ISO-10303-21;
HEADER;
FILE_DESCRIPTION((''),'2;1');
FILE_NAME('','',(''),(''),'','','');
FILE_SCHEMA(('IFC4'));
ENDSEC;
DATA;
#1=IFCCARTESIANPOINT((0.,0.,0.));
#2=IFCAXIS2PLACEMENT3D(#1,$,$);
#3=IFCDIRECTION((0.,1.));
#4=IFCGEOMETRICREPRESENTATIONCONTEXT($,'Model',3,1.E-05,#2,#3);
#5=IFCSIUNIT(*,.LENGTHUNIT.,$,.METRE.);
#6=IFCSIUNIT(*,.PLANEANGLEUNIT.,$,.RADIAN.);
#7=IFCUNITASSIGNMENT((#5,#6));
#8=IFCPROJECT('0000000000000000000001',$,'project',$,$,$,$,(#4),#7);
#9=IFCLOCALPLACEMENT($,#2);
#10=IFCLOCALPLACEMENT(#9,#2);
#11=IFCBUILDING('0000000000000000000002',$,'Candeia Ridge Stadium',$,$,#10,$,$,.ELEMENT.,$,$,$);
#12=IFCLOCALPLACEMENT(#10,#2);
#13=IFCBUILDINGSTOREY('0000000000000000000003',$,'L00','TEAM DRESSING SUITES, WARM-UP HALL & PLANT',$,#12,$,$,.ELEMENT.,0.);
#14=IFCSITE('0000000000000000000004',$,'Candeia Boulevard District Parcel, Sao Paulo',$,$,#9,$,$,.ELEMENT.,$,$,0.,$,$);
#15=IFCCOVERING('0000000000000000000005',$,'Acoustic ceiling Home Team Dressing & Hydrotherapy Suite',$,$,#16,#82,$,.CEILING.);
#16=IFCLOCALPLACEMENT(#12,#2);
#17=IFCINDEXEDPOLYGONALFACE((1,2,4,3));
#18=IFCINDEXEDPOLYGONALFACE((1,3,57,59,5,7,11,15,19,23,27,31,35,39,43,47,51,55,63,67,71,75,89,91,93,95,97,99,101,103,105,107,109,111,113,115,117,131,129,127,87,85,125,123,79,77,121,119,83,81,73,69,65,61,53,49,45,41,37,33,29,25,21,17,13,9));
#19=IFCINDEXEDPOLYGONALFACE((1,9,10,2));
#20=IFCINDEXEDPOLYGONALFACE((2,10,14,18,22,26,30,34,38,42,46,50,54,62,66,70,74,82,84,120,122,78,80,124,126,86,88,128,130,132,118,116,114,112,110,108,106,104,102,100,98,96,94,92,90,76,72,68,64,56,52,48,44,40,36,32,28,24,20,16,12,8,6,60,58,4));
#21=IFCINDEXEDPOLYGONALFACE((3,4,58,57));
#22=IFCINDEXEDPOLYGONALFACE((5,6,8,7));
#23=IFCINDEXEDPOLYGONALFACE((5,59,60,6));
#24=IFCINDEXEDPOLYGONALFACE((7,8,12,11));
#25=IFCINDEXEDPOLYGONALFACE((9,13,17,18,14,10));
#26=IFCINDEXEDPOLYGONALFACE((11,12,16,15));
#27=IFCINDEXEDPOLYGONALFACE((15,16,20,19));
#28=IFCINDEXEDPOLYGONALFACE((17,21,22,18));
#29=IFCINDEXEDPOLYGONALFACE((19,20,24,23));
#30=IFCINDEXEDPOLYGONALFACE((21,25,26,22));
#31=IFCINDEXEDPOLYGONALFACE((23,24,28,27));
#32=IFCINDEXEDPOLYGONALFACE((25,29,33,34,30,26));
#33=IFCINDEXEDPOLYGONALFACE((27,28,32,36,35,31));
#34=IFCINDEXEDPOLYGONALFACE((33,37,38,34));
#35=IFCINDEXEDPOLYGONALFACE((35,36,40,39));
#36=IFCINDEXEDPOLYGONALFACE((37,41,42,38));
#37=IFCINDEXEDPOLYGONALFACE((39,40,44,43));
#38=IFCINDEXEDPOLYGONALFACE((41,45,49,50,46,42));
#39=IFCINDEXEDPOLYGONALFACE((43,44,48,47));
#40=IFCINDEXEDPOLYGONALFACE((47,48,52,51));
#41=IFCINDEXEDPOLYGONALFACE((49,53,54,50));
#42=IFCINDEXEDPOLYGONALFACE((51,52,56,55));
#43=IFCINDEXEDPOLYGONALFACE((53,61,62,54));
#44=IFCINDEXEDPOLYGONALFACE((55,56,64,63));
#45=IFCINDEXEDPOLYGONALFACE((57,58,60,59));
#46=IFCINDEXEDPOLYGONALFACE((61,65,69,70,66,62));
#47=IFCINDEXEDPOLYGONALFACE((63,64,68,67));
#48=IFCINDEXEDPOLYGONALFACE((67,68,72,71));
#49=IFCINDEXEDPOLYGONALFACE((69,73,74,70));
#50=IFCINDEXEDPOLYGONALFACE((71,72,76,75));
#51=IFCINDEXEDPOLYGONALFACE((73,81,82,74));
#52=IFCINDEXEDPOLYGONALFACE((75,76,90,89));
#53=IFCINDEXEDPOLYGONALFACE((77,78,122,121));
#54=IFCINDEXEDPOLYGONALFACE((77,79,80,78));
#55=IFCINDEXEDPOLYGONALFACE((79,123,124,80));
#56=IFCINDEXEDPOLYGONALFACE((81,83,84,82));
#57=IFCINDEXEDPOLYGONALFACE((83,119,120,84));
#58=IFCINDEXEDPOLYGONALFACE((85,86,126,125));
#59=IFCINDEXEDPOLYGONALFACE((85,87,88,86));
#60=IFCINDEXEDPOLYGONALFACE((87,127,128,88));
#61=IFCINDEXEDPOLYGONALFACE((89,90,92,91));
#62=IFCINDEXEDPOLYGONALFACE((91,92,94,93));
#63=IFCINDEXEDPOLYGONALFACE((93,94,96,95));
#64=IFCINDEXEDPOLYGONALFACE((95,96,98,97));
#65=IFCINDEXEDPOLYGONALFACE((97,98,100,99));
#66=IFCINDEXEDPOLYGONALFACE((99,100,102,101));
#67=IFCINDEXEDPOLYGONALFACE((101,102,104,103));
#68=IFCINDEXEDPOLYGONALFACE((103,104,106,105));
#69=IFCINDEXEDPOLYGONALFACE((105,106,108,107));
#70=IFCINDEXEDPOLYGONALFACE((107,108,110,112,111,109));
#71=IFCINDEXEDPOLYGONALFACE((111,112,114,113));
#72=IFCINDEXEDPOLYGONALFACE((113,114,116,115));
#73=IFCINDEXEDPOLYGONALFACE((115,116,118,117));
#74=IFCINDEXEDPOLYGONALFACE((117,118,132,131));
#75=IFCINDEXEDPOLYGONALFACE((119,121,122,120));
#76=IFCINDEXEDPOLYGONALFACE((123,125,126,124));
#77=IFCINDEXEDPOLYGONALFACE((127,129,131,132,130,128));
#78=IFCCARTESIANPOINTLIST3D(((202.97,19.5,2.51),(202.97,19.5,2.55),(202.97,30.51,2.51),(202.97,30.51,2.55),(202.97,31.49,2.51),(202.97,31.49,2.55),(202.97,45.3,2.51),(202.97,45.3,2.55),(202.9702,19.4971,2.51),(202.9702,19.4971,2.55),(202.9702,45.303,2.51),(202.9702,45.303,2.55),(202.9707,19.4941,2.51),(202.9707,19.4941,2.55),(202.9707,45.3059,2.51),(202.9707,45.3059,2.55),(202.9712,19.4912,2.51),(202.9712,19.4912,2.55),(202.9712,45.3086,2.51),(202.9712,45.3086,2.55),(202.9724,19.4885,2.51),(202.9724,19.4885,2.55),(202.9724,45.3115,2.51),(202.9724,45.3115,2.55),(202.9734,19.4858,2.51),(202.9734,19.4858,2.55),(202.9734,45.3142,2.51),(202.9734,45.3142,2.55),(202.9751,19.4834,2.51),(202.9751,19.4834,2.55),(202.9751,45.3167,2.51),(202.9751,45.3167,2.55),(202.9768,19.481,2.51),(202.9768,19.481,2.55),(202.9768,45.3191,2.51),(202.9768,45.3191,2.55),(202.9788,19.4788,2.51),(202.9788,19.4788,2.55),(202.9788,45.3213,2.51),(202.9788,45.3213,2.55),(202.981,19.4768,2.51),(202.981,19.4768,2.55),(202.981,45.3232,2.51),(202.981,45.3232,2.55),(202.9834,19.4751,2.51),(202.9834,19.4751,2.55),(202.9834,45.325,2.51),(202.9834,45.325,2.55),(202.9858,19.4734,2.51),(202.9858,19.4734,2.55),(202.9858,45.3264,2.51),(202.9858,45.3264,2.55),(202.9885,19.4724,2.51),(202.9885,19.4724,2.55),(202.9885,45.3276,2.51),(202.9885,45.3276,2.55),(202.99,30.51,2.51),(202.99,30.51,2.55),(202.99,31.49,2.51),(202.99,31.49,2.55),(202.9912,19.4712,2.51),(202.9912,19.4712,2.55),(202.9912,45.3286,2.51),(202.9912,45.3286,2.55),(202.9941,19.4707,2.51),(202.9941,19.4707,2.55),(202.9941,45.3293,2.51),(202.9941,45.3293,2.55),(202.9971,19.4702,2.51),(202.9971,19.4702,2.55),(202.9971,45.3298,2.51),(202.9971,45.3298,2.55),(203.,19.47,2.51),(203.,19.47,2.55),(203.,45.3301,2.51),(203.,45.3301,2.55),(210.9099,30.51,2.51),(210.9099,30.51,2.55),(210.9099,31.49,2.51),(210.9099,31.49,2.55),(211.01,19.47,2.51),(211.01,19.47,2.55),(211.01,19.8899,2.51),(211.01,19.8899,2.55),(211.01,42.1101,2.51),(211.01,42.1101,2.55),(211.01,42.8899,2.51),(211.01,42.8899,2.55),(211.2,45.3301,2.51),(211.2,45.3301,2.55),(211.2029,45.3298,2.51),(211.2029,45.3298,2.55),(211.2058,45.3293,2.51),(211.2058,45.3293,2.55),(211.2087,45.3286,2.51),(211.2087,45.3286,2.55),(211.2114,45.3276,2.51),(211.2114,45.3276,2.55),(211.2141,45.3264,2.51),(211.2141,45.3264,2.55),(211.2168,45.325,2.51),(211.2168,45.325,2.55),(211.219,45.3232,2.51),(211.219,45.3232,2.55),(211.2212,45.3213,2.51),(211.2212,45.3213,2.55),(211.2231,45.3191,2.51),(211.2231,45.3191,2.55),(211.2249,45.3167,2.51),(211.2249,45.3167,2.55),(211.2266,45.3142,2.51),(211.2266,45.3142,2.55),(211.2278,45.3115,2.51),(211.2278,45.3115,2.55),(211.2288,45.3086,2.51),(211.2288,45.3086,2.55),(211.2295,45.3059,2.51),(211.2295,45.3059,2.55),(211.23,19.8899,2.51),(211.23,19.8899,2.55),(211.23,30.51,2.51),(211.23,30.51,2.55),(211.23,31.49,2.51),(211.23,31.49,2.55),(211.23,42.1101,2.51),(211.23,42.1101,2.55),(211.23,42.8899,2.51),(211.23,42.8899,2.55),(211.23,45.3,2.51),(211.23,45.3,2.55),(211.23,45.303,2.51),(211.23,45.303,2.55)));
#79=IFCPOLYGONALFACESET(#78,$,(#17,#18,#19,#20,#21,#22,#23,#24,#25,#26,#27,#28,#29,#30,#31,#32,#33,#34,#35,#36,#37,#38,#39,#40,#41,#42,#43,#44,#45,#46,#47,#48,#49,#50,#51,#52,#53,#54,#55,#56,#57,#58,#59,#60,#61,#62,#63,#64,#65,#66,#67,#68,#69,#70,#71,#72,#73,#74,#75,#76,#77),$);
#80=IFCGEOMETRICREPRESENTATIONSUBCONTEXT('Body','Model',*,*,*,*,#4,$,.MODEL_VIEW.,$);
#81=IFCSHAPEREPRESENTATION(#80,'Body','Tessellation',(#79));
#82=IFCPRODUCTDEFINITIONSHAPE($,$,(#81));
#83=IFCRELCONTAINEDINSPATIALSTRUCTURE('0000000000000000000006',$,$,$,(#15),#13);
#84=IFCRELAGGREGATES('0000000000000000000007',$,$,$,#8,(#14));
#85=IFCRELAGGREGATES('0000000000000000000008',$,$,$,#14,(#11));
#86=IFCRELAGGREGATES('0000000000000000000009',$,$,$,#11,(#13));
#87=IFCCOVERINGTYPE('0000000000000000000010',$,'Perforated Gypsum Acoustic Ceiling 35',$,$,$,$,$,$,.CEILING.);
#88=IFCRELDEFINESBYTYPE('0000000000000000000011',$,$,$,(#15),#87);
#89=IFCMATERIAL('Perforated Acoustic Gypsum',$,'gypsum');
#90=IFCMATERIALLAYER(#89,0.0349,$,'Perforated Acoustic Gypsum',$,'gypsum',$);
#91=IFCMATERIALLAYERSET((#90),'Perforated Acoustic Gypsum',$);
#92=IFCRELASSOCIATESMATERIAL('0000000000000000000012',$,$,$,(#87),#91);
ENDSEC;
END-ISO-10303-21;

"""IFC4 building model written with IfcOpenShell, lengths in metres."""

from ifc_helpers import new_model, si_unit, direction, frame, origin, place, context, subcontext, project, spatial, polyline, outline, extrude, material, layer, layer_set, type_object, element, save


model = new_model("IFC4")

# Units and contexts
model_context = context("Model", 3, precision=1e-05, world=origin(), true_north=direction((0.0, 1.0)))
body_context = subcontext(model_context, "Body", "Model", "MODEL_VIEW")
ifc_project = project(units=[si_unit("LENGTHUNIT", "METRE"), si_unit("PLANEANGLEUNIT", "RADIAN")], contexts=[model_context])

# Site, building, storey
site_placement = place(None, origin())
site = spatial("IfcSite", under=ifc_project, at=site_placement, Name="Candeia Boulevard District Parcel, Sao Paulo", CompositionType="ELEMENT", RefElevation=0.0)
building_placement = place(site_placement, origin())
building = spatial("IfcBuilding", under=site, at=building_placement, Name="Candeia Ridge Stadium", CompositionType="ELEMENT")
storey_placement = place(building_placement, origin())
storey = spatial("IfcBuildingStorey", under=building, at=storey_placement, Name="L00", Description="TEAM DRESSING SUITES, WARM-UP HALL & PLANT", CompositionType="ELEMENT", Elevation=0.0)

# Covering
ifc_material_1 = material(Name="Perforated Acoustic Gypsum", Category="gypsum")
ifc_layer_1 = layer(ifc_material_1, 0.0349, Name="Perforated Acoustic Gypsum", Category="gypsum")
ifc_layer_set_1 = layer_set([ifc_layer_1], Name="Perforated Acoustic Gypsum")
covering_type_1 = type_object("IfcCoveringType", Name="Perforated Gypsum Acoustic Ceiling 35", PredefinedType="CEILING", material=ifc_layer_set_1)
covering_1_placement = place(storey_placement, frame((0.0, 0.0, 2.51)))
element("IfcCovering", 1, at=covering_1_placement, inside=storey, type_object=covering_type_1, Name="Acoustic ceiling Home Team Dressing & Hydrotherapy Suite", PredefinedType="CEILING", context=body_context, shape_type="SweptSolid", body=[
    extrude(outline(polyline([(202.9941, 19.4707), (202.9912, 19.4712), (202.9885, 19.4724), (202.9858, 19.4734), (202.9834, 19.4751), (202.981, 19.4768), (202.9788, 19.4788), (202.9768, 19.481), (202.9751, 19.4834), (202.9734, 19.4858), (202.9724, 19.4885), (202.9712, 19.4912), (202.9707, 19.4941), (202.9702, 19.4971), (202.97, 19.5), (202.97, 30.51), (202.99, 30.51), (202.99, 31.49), (202.97, 31.49), (202.97, 45.3), (202.9702, 45.303), (202.9707, 45.3059), (202.9712, 45.3086), (202.9724, 45.3115), (202.9734, 45.3142), (202.9751, 45.3167), (202.9768, 45.3191), (202.9788, 45.3213), (202.981, 45.3232), (202.9834, 45.325), (202.9858, 45.3264), (202.9885, 45.3276), (202.9912, 45.3286), (202.9941, 45.3293), (202.9971, 45.3298), (203.0, 45.3301), (211.2, 45.3301), (211.2029, 45.3298), (211.2058, 45.3293), (211.2087, 45.3286), (211.2114, 45.3276), (211.2141, 45.3264), (211.2168, 45.325), (211.219, 45.3232), (211.2212, 45.3213), (211.2231, 45.3191), (211.2249, 45.3167), (211.2266, 45.3142), (211.2278, 45.3115), (211.2288, 45.3086), (211.2295, 45.3059), (211.23, 45.303), (211.23, 45.3), (211.23, 42.8899), (211.01, 42.8899), (211.01, 42.1101), (211.23, 42.1101), (211.23, 31.49), (210.9099, 31.49), (210.9099, 30.51), (211.23, 30.51), (211.23, 19.8899), (211.01, 19.8899), (211.01, 19.47), (203.0, 19.47), (202.9971, 19.4702), (202.9941, 19.4707)])), origin(), (0.0, 0.0, 1.0), 0.04),
])

save(model, "model.ifc")
